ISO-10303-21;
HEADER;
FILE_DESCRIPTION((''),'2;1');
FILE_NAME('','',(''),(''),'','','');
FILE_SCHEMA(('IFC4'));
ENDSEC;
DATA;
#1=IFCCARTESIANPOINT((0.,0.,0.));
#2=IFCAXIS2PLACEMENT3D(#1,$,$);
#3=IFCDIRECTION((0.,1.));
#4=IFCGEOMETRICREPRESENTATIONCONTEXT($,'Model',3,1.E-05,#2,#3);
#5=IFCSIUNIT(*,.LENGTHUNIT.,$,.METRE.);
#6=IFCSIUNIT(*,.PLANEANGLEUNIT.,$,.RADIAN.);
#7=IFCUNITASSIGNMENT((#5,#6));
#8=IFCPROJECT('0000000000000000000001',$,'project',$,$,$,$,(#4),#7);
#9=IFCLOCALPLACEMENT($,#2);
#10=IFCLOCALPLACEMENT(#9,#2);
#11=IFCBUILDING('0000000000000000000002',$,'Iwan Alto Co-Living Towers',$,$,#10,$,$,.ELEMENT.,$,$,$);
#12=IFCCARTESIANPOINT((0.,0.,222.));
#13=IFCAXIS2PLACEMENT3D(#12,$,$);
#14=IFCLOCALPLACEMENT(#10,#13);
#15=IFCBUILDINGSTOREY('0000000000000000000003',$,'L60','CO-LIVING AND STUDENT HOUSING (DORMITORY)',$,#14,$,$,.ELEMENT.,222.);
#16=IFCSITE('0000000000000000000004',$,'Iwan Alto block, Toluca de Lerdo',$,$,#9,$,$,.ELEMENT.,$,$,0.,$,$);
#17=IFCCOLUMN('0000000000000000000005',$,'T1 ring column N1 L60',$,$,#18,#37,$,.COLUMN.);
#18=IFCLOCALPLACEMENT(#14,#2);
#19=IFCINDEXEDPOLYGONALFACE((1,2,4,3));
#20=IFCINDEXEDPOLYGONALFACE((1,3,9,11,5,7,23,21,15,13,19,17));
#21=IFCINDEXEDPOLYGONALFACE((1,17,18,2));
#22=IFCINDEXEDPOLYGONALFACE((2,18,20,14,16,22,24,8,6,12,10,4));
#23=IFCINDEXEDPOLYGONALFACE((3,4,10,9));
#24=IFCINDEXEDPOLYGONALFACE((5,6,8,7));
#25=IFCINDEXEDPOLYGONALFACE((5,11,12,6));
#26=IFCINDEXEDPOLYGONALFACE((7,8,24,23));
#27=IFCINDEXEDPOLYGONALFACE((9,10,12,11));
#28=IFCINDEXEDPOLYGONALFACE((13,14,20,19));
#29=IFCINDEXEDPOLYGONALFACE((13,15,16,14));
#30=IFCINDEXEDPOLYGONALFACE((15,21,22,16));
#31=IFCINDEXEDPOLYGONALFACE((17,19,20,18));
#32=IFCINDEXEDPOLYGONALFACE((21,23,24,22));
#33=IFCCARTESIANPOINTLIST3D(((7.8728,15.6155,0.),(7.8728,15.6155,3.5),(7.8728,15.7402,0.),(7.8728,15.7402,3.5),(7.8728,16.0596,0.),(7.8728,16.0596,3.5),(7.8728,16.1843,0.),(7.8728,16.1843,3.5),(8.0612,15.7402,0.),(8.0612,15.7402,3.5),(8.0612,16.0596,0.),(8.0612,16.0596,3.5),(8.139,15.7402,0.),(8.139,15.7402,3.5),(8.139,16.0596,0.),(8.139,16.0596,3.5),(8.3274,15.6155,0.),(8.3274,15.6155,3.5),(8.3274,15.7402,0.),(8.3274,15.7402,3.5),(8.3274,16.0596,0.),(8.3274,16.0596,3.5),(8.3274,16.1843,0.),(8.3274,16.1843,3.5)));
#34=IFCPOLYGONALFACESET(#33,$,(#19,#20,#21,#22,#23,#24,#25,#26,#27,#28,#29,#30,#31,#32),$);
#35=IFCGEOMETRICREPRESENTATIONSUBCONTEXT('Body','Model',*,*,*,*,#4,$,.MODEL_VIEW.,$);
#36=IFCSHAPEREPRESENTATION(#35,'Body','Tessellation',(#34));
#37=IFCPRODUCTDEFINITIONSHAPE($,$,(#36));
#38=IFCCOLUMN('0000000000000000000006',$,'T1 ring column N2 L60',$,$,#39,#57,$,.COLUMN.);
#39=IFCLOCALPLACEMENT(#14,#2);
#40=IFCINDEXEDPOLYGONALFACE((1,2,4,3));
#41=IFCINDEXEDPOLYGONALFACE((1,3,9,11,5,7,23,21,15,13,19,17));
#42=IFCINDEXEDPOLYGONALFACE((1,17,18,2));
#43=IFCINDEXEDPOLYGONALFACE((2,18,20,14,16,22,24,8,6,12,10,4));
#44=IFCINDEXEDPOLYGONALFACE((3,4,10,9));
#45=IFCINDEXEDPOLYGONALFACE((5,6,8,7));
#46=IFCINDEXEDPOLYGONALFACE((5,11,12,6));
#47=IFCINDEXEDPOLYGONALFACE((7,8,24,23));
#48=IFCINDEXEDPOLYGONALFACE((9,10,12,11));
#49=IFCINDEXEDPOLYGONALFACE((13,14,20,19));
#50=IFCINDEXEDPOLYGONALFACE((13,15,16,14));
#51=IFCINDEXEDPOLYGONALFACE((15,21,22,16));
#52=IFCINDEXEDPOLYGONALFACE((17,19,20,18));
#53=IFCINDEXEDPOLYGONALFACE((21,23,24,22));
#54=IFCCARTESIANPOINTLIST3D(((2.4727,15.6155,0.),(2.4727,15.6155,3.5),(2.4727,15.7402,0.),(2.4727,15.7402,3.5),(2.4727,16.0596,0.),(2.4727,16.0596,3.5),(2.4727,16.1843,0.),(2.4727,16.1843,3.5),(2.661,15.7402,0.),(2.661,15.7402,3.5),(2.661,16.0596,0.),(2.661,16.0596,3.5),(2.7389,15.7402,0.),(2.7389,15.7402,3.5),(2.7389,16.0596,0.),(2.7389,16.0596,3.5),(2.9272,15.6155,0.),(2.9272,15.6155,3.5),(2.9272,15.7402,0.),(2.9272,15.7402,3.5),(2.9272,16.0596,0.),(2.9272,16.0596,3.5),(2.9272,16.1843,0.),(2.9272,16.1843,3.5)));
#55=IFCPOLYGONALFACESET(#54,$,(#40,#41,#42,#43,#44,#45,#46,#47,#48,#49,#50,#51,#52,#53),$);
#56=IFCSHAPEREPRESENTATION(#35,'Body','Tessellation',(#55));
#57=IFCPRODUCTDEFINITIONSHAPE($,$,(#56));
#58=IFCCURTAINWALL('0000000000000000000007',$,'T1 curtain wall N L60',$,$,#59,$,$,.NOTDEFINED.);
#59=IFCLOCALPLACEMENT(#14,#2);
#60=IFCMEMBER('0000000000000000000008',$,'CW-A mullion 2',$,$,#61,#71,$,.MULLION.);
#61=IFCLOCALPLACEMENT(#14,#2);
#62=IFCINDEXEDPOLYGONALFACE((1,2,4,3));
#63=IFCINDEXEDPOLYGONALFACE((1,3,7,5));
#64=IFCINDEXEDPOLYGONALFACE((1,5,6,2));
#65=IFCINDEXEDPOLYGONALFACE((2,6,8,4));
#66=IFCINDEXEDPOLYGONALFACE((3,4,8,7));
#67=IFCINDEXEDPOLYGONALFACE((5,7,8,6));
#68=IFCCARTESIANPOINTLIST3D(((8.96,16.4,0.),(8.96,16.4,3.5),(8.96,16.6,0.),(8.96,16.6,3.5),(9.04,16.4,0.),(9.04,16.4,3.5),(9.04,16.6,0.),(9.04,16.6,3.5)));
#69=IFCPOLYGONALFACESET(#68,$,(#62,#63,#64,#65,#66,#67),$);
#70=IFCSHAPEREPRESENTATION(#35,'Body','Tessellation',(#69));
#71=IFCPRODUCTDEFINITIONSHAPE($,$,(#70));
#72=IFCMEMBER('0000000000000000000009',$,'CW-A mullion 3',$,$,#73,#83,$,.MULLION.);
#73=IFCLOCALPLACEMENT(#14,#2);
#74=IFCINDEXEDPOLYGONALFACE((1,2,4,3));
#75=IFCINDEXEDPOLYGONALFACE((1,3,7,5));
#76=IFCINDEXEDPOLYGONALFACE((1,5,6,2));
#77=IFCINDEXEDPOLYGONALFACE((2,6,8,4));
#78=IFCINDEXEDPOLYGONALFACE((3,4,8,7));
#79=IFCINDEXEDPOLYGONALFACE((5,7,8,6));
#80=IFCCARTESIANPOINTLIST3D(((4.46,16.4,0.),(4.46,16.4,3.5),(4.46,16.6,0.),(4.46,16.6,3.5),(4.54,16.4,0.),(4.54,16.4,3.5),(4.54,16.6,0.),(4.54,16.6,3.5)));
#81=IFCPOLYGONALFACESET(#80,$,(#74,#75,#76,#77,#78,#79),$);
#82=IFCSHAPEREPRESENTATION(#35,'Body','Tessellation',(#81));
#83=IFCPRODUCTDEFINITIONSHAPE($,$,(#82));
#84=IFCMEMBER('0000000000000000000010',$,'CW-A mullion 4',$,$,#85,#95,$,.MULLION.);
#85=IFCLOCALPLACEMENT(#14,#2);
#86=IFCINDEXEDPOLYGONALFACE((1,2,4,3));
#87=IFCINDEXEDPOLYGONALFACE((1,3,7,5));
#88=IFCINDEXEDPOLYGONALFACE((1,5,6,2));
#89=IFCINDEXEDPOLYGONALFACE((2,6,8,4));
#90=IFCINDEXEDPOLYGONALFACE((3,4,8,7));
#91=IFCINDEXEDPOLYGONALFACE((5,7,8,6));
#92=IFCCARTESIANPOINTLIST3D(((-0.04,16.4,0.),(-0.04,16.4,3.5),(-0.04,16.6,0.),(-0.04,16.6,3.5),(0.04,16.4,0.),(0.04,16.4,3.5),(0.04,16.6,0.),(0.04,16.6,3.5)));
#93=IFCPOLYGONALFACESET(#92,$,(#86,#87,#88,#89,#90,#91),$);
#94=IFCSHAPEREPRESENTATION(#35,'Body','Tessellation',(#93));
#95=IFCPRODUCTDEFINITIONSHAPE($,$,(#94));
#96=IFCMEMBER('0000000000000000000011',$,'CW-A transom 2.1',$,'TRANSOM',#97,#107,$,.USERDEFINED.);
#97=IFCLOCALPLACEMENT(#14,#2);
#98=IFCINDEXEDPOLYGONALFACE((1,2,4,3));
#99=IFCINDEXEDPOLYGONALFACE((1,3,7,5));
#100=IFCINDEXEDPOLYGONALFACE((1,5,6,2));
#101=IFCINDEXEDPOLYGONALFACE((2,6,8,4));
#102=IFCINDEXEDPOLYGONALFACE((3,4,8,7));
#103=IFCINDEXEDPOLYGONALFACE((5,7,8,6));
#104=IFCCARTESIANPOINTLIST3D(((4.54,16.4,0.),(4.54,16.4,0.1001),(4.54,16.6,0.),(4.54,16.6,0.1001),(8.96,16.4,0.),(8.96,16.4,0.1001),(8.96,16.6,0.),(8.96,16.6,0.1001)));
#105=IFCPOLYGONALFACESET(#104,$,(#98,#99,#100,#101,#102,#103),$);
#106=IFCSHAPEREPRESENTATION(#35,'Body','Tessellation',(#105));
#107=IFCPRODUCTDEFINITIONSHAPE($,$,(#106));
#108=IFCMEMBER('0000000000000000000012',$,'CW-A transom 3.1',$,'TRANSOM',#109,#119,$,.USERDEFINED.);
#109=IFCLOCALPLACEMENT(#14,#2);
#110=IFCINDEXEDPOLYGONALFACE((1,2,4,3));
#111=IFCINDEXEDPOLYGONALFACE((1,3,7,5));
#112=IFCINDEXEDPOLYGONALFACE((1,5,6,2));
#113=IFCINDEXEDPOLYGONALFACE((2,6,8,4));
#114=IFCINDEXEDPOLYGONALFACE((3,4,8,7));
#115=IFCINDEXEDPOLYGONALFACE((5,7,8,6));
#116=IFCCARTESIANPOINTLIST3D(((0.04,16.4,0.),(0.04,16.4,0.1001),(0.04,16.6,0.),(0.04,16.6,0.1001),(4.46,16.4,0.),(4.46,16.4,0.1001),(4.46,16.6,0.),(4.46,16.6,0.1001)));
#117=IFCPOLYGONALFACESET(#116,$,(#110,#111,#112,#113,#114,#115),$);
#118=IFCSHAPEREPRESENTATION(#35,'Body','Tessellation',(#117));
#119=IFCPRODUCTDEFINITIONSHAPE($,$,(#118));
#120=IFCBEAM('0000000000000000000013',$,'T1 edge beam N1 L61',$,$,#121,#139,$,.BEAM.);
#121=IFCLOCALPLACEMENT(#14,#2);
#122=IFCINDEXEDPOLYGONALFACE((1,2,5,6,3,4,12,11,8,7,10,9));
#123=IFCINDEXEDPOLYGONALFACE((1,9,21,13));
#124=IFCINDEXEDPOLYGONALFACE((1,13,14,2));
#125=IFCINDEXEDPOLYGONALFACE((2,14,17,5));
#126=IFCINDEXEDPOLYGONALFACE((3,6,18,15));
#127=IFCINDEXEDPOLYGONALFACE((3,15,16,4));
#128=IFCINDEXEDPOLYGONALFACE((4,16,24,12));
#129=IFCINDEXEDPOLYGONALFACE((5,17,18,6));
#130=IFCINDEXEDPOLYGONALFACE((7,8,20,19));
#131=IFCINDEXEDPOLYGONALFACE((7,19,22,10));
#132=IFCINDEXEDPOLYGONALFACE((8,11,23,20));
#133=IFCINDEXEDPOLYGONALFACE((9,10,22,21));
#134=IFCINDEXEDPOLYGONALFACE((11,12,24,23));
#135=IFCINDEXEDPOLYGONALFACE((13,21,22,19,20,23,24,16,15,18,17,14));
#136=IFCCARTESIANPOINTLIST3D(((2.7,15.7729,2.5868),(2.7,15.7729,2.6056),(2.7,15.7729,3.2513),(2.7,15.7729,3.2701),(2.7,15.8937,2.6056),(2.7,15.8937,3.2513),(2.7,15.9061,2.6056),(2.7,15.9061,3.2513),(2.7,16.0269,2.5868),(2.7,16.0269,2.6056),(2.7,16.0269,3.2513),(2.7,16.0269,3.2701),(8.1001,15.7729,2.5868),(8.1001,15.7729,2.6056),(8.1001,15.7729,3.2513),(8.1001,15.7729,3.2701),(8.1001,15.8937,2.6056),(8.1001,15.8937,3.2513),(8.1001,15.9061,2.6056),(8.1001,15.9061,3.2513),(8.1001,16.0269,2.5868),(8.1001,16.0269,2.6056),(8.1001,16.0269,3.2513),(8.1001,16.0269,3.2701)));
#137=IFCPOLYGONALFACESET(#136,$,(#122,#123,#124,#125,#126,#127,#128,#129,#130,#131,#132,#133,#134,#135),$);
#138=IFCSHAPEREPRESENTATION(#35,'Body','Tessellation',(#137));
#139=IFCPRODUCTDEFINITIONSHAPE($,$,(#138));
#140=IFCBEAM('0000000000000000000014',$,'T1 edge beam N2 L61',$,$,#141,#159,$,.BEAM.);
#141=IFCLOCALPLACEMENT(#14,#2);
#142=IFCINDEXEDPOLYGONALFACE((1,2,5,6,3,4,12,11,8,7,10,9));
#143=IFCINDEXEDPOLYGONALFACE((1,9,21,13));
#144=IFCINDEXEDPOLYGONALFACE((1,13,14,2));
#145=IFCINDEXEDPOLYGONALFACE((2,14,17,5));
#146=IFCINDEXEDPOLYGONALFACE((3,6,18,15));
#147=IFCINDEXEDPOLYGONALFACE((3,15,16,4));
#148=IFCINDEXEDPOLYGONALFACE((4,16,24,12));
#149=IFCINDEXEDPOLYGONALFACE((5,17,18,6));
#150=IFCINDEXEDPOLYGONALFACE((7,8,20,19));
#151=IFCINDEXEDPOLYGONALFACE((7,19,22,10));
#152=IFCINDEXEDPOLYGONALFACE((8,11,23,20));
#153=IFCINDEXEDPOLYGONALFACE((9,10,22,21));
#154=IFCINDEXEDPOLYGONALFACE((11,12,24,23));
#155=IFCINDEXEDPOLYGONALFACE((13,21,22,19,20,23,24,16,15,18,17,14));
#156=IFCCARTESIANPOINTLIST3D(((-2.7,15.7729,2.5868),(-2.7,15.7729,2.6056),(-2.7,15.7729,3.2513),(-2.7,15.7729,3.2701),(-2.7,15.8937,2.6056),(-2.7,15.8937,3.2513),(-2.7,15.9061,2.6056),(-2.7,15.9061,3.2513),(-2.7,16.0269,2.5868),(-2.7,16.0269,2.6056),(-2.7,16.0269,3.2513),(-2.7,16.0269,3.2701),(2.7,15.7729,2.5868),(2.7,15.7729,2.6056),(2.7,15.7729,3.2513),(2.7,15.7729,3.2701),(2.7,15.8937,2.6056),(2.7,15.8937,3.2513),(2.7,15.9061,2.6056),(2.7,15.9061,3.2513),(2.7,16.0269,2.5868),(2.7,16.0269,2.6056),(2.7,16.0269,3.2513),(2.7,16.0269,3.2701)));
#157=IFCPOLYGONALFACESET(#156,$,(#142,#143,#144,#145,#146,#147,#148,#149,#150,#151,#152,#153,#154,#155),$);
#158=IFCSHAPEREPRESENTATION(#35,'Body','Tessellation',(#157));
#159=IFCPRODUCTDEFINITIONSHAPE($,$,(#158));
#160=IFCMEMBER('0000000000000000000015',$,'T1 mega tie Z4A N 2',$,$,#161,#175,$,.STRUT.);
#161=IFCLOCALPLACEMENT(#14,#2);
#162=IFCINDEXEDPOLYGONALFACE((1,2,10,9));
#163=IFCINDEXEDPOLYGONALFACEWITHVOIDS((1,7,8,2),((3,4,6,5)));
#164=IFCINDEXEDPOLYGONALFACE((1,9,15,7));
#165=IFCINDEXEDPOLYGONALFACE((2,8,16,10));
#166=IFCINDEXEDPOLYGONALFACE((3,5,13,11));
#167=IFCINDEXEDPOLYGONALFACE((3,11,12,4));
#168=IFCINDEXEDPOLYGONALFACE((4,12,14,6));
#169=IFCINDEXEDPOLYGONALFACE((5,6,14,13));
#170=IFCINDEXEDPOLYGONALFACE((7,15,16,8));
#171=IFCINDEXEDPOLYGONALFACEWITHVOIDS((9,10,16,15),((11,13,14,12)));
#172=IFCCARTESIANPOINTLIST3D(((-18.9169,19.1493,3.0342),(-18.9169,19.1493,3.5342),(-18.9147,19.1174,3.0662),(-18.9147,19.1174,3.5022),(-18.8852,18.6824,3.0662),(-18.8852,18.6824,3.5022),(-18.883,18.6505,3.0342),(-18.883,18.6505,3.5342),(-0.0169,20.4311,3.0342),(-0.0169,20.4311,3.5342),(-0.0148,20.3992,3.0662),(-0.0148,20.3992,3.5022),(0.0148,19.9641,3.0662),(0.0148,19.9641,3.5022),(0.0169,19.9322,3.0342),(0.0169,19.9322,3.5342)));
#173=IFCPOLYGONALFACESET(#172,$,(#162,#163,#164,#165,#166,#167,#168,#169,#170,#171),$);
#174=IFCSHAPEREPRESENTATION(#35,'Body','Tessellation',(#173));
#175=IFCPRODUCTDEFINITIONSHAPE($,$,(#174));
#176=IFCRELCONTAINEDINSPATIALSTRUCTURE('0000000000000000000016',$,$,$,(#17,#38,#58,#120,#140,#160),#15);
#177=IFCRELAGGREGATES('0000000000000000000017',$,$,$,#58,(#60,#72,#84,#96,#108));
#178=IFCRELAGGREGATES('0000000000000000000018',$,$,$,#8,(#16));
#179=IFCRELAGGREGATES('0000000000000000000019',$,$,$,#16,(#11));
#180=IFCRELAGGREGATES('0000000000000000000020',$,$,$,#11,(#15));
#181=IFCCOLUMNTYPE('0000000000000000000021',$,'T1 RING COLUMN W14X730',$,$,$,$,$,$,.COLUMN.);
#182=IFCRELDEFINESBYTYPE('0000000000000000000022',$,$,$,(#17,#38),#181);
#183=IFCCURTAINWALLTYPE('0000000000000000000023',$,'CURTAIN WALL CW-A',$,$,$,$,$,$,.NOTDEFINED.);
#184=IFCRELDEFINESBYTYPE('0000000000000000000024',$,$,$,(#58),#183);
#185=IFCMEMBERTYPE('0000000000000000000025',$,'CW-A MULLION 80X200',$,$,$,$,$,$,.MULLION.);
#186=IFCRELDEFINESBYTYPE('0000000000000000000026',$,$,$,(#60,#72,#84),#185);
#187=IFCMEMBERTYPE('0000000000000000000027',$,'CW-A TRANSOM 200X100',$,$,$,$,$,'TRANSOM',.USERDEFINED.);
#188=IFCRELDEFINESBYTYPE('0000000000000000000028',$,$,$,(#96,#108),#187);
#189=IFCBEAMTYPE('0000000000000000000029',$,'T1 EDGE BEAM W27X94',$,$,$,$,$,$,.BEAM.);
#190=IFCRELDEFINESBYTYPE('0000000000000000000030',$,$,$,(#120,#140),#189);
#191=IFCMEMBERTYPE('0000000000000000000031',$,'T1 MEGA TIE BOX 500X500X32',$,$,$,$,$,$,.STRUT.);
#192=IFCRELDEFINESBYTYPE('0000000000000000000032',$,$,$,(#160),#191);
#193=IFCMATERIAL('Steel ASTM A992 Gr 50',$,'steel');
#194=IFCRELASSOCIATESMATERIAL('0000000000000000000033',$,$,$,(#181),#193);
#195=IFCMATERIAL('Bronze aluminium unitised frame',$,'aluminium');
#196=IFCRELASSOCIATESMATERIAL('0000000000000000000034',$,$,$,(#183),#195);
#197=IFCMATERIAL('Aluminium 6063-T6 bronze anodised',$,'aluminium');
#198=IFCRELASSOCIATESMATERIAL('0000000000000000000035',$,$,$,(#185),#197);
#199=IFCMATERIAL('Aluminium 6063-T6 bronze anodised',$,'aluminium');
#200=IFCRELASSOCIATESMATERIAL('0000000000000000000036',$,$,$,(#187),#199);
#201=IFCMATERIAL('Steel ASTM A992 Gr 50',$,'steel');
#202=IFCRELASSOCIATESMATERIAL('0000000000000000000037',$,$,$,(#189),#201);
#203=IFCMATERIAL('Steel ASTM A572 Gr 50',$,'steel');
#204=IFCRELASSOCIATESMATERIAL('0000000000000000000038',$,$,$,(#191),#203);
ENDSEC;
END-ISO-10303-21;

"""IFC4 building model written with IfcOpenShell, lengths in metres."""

from ifc_helpers import new_model, si_unit, direction, frame, origin, origin_2d, place, context, subcontext, project, spatial, rectangle, hollow_rectangle, i_section, extrude, material, material_profile, profile_set, type_object, element, aggregate, save


model = new_model("IFC4")

# Units and contexts
model_context = context("Model", 3, precision=1e-05, world=origin(), true_north=direction((0.0, 1.0)))
body_context = subcontext(model_context, "Body", "Model", "MODEL_VIEW")
ifc_project = project(units=[si_unit("LENGTHUNIT", "METRE"), si_unit("PLANEANGLEUNIT", "RADIAN")], contexts=[model_context])

# Site, building, storey
site_placement = place(None, origin())
site = spatial("IfcSite", under=ifc_project, at=site_placement, Name="Iwan Alto block, Toluca de Lerdo", CompositionType="ELEMENT", RefElevation=0.0)
building_placement = place(site_placement, origin())
building = spatial("IfcBuilding", under=site, at=building_placement, Name="Iwan Alto Co-Living Towers", CompositionType="ELEMENT")
storey_placement = place(building_placement, frame((0.0, 0.0, 222.0)))
storey = spatial("IfcBuildingStorey", under=building, at=storey_placement, Name="L60", Description="CO-LIVING AND STUDENT HOUSING (DORMITORY)", CompositionType="ELEMENT", Elevation=222.0)

# Columns
ifc_material_1 = material(Name="Steel ASTM A992 Gr 50", Category="steel")
ifc_material_profile_1 = material_profile(ifc_material_1, i_section(OverallWidth=0.4546, OverallDepth=0.5688, WebThickness=0.0779, FlangeThickness=0.1248, at=origin_2d()), Name="W14X730")
ifc_profile_set_1 = profile_set([ifc_material_profile_1], Name="Steel ASTM A992 Gr 50")
column_type = type_object("IfcColumnType", Name="T1 RING COLUMN W14X730", PredefinedType="COLUMN", material=ifc_profile_set_1)
for number, where, z_axis, x_axis, name in (
    (1, (8.1001, 15.8999, 0.0), (0.0, 0.0, 1.0), (1.0, 0.0, 0.0), "T1 ring column N1 L60"),
    (2, (2.7, 15.8999, 0.0), (0.0, 0.0, 1.0), (1.0, 0.0, 0.0), "T1 ring column N2 L60"),
):
    element("IfcColumn", number, at=place(storey_placement, frame(where, z_axis=z_axis, x_axis=x_axis)), inside=storey, type_object=column_type, Name=name, PredefinedType="COLUMN", context=body_context, shape_type="SweptSolid", body=[
        extrude(i_section(OverallWidth=0.4546, OverallDepth=0.5688, WebThickness=0.0779, FlangeThickness=0.1248, at=origin_2d()), origin(), (0.0, 0.0, 1.0), 3.5),
    ])

# Curtain wall, members
ifc_material_2 = material(Name="Bronze aluminium unitised frame", Category="aluminium")
curtain_wall_type = type_object("IfcCurtainWallType", Name="CURTAIN WALL CW-A", PredefinedType="NOTDEFINED", material=ifc_material_2)
curtain_wall_placement = place(storey_placement, origin())
curtain_wall = element("IfcCurtainWall", 3, at=curtain_wall_placement, inside=storey, type_object=curtain_wall_type, Name="T1 curtain wall N L60", PredefinedType="NOTDEFINED")
ifc_material_3 = material(Name="Aluminium 6063-T6 bronze anodised", Category="aluminium")
ifc_material_profile_2 = material_profile(ifc_material_3, rectangle(XDim=0.2, YDim=0.0801, at=origin_2d()), Name="AL 80X200")
ifc_profile_set_2 = profile_set([ifc_material_profile_2], Name="Aluminium 6063-T6 bronze anodised")
member_type_1 = type_object("IfcMemberType", Name="CW-A MULLION 80X200", PredefinedType="MULLION", material=ifc_profile_set_2)
member_1_placement = place(storey_placement, frame((9.0, 16.5, 0.0), z_axis=(0.0, 0.0, 1.0), x_axis=(0.0, -1.0, 0.0)))
member_1 = element("IfcMember", 4, at=member_1_placement, type_object=member_type_1, Name="CW-A mullion 2", PredefinedType="MULLION", context=body_context, shape_type="SweptSolid", body=[
    extrude(rectangle(XDim=0.2, YDim=0.0801, at=origin_2d()), origin(), (0.0, 0.0, 1.0), 3.5),
])
member_2_placement = place(storey_placement, frame((4.5, 16.5, 0.0), z_axis=(0.0, 0.0, 1.0), x_axis=(0.0, -1.0, 0.0)))
member_2 = element("IfcMember", 5, at=member_2_placement, type_object=member_type_1, Name="CW-A mullion 3", PredefinedType="MULLION", context=body_context, shape_type="SweptSolid", body=[
    extrude(rectangle(XDim=0.2, YDim=0.0801, at=origin_2d()), origin(), (0.0, 0.0, 1.0), 3.5),
])
member_3_placement = place(storey_placement, frame((0.0, 16.5, 0.0), z_axis=(0.0, 0.0, 1.0), x_axis=(0.0, -1.0, 0.0)))
member_3 = element("IfcMember", 6, at=member_3_placement, type_object=member_type_1, Name="CW-A mullion 4", PredefinedType="MULLION", context=body_context, shape_type="SweptSolid", body=[
    extrude(rectangle(XDim=0.2, YDim=0.0801, at=origin_2d()), origin(), (0.0, 0.0, 1.0), 3.5),
])
ifc_material_4 = material(Name="Aluminium 6063-T6 bronze anodised", Category="aluminium")
ifc_material_profile_3 = material_profile(ifc_material_4, rectangle(XDim=0.2, YDim=0.1001, at=origin_2d()), Name="AL 200X100")
ifc_profile_set_3 = profile_set([ifc_material_profile_3], Name="Aluminium 6063-T6 bronze anodised")
member_type_2 = type_object("IfcMemberType", Name="CW-A TRANSOM 200X100", ElementType="TRANSOM", PredefinedType="USERDEFINED", material=ifc_profile_set_3)
member_4_placement = place(storey_placement, frame((8.96, 16.5, 0.05), z_axis=(-1.0, 0.0, 0.0), x_axis=(0.0, -1.0, 0.0)))
member_4 = element("IfcMember", 7, at=member_4_placement, type_object=member_type_2, Name="CW-A transom 2.1", ObjectType="TRANSOM", PredefinedType="USERDEFINED", context=body_context, shape_type="SweptSolid", body=[
    extrude(rectangle(XDim=0.2, YDim=0.1001, at=origin_2d()), origin(), (0.0, 0.0, 1.0), 4.4199),
])
member_5_placement = place(storey_placement, frame((4.46, 16.5, 0.05), z_axis=(-1.0, 0.0, 0.0), x_axis=(0.0, -1.0, 0.0)))
member_5 = element("IfcMember", 8, at=member_5_placement, type_object=member_type_2, Name="CW-A transom 3.1", ObjectType="TRANSOM", PredefinedType="USERDEFINED", context=body_context, shape_type="SweptSolid", body=[
    extrude(rectangle(XDim=0.2, YDim=0.1001, at=origin_2d()), origin(), (0.0, 0.0, 1.0), 4.4199),
])

# Beams
ifc_material_5 = material(Name="Steel ASTM A992 Gr 50", Category="steel")
ifc_material_profile_4 = material_profile(ifc_material_5, i_section(OverallWidth=0.2539, OverallDepth=0.6833, WebThickness=0.0125, FlangeThickness=0.0188, at=origin_2d()), Name="W27X94")
ifc_profile_set_4 = profile_set([ifc_material_profile_4], Name="Steel ASTM A992 Gr 50")
beam_type_1 = type_object("IfcBeamType", Name="T1 EDGE BEAM W27X94", PredefinedType="BEAM", material=ifc_profile_set_4)
beam_1_placement = place(storey_placement, frame((8.1001, 15.8999, 2.9285), z_axis=(-1.0, 0.0, 0.0), x_axis=(0.0, -1.0, 0.0)))
element("IfcBeam", 9, at=beam_1_placement, inside=storey, type_object=beam_type_1, Name="T1 edge beam N1 L61", PredefinedType="BEAM", context=body_context, shape_type="SweptSolid", body=[
    extrude(i_section(OverallWidth=0.2539, OverallDepth=0.6833, WebThickness=0.0125, FlangeThickness=0.0188, at=origin_2d()), origin(), (0.0, 0.0, 1.0), 5.4001),
])
beam_2_placement = place(storey_placement, frame((2.7, 15.8999, 2.9285), z_axis=(-1.0, 0.0, 0.0), x_axis=(0.0, -1.0, 0.0)))
element("IfcBeam", 10, at=beam_2_placement, inside=storey, type_object=beam_type_1, Name="T1 edge beam N2 L61", PredefinedType="BEAM", context=body_context, shape_type="SweptSolid", body=[
    extrude(i_section(OverallWidth=0.2539, OverallDepth=0.6833, WebThickness=0.0125, FlangeThickness=0.0188, at=origin_2d()), origin(), (0.0, 0.0, 1.0), 5.3999),
])

# Member
ifc_material_6 = material(Name="Steel ASTM A572 Gr 50", Category="steel")
ifc_material_profile_5 = material_profile(ifc_material_6, hollow_rectangle(XDim=0.5, YDim=0.5, WallThickness=0.032, at=origin_2d()), Name="BOX 500X500X32")
ifc_profile_set_5 = profile_set([ifc_material_profile_5], Name="Steel ASTM A572 Gr 50")
member_type_3 = type_object("IfcMemberType", Name="T1 MEGA TIE BOX 500X500X32", PredefinedType="STRUT", material=ifc_profile_set_5)
member_6_placement = place(storey_placement, frame((0.0, 20.1816, 3.2842), z_axis=(-0.997708, -0.067662, 0.0), x_axis=(0.067662, -0.997708, 0.0)))
element("IfcMember", 11, at=member_6_placement, inside=storey, type_object=member_type_3, Name="T1 mega tie Z4A N 2", PredefinedType="STRUT", context=body_context, shape_type="SweptSolid", body=[
    extrude(hollow_rectangle(XDim=0.5, YDim=0.5, WallThickness=0.032, at=origin_2d()), origin(), (0.0, 0.0, 1.0), 18.9434),
])

aggregate(curtain_wall, [member_1, member_2, member_3, member_4, member_5])

save(model, "model.ifc")
